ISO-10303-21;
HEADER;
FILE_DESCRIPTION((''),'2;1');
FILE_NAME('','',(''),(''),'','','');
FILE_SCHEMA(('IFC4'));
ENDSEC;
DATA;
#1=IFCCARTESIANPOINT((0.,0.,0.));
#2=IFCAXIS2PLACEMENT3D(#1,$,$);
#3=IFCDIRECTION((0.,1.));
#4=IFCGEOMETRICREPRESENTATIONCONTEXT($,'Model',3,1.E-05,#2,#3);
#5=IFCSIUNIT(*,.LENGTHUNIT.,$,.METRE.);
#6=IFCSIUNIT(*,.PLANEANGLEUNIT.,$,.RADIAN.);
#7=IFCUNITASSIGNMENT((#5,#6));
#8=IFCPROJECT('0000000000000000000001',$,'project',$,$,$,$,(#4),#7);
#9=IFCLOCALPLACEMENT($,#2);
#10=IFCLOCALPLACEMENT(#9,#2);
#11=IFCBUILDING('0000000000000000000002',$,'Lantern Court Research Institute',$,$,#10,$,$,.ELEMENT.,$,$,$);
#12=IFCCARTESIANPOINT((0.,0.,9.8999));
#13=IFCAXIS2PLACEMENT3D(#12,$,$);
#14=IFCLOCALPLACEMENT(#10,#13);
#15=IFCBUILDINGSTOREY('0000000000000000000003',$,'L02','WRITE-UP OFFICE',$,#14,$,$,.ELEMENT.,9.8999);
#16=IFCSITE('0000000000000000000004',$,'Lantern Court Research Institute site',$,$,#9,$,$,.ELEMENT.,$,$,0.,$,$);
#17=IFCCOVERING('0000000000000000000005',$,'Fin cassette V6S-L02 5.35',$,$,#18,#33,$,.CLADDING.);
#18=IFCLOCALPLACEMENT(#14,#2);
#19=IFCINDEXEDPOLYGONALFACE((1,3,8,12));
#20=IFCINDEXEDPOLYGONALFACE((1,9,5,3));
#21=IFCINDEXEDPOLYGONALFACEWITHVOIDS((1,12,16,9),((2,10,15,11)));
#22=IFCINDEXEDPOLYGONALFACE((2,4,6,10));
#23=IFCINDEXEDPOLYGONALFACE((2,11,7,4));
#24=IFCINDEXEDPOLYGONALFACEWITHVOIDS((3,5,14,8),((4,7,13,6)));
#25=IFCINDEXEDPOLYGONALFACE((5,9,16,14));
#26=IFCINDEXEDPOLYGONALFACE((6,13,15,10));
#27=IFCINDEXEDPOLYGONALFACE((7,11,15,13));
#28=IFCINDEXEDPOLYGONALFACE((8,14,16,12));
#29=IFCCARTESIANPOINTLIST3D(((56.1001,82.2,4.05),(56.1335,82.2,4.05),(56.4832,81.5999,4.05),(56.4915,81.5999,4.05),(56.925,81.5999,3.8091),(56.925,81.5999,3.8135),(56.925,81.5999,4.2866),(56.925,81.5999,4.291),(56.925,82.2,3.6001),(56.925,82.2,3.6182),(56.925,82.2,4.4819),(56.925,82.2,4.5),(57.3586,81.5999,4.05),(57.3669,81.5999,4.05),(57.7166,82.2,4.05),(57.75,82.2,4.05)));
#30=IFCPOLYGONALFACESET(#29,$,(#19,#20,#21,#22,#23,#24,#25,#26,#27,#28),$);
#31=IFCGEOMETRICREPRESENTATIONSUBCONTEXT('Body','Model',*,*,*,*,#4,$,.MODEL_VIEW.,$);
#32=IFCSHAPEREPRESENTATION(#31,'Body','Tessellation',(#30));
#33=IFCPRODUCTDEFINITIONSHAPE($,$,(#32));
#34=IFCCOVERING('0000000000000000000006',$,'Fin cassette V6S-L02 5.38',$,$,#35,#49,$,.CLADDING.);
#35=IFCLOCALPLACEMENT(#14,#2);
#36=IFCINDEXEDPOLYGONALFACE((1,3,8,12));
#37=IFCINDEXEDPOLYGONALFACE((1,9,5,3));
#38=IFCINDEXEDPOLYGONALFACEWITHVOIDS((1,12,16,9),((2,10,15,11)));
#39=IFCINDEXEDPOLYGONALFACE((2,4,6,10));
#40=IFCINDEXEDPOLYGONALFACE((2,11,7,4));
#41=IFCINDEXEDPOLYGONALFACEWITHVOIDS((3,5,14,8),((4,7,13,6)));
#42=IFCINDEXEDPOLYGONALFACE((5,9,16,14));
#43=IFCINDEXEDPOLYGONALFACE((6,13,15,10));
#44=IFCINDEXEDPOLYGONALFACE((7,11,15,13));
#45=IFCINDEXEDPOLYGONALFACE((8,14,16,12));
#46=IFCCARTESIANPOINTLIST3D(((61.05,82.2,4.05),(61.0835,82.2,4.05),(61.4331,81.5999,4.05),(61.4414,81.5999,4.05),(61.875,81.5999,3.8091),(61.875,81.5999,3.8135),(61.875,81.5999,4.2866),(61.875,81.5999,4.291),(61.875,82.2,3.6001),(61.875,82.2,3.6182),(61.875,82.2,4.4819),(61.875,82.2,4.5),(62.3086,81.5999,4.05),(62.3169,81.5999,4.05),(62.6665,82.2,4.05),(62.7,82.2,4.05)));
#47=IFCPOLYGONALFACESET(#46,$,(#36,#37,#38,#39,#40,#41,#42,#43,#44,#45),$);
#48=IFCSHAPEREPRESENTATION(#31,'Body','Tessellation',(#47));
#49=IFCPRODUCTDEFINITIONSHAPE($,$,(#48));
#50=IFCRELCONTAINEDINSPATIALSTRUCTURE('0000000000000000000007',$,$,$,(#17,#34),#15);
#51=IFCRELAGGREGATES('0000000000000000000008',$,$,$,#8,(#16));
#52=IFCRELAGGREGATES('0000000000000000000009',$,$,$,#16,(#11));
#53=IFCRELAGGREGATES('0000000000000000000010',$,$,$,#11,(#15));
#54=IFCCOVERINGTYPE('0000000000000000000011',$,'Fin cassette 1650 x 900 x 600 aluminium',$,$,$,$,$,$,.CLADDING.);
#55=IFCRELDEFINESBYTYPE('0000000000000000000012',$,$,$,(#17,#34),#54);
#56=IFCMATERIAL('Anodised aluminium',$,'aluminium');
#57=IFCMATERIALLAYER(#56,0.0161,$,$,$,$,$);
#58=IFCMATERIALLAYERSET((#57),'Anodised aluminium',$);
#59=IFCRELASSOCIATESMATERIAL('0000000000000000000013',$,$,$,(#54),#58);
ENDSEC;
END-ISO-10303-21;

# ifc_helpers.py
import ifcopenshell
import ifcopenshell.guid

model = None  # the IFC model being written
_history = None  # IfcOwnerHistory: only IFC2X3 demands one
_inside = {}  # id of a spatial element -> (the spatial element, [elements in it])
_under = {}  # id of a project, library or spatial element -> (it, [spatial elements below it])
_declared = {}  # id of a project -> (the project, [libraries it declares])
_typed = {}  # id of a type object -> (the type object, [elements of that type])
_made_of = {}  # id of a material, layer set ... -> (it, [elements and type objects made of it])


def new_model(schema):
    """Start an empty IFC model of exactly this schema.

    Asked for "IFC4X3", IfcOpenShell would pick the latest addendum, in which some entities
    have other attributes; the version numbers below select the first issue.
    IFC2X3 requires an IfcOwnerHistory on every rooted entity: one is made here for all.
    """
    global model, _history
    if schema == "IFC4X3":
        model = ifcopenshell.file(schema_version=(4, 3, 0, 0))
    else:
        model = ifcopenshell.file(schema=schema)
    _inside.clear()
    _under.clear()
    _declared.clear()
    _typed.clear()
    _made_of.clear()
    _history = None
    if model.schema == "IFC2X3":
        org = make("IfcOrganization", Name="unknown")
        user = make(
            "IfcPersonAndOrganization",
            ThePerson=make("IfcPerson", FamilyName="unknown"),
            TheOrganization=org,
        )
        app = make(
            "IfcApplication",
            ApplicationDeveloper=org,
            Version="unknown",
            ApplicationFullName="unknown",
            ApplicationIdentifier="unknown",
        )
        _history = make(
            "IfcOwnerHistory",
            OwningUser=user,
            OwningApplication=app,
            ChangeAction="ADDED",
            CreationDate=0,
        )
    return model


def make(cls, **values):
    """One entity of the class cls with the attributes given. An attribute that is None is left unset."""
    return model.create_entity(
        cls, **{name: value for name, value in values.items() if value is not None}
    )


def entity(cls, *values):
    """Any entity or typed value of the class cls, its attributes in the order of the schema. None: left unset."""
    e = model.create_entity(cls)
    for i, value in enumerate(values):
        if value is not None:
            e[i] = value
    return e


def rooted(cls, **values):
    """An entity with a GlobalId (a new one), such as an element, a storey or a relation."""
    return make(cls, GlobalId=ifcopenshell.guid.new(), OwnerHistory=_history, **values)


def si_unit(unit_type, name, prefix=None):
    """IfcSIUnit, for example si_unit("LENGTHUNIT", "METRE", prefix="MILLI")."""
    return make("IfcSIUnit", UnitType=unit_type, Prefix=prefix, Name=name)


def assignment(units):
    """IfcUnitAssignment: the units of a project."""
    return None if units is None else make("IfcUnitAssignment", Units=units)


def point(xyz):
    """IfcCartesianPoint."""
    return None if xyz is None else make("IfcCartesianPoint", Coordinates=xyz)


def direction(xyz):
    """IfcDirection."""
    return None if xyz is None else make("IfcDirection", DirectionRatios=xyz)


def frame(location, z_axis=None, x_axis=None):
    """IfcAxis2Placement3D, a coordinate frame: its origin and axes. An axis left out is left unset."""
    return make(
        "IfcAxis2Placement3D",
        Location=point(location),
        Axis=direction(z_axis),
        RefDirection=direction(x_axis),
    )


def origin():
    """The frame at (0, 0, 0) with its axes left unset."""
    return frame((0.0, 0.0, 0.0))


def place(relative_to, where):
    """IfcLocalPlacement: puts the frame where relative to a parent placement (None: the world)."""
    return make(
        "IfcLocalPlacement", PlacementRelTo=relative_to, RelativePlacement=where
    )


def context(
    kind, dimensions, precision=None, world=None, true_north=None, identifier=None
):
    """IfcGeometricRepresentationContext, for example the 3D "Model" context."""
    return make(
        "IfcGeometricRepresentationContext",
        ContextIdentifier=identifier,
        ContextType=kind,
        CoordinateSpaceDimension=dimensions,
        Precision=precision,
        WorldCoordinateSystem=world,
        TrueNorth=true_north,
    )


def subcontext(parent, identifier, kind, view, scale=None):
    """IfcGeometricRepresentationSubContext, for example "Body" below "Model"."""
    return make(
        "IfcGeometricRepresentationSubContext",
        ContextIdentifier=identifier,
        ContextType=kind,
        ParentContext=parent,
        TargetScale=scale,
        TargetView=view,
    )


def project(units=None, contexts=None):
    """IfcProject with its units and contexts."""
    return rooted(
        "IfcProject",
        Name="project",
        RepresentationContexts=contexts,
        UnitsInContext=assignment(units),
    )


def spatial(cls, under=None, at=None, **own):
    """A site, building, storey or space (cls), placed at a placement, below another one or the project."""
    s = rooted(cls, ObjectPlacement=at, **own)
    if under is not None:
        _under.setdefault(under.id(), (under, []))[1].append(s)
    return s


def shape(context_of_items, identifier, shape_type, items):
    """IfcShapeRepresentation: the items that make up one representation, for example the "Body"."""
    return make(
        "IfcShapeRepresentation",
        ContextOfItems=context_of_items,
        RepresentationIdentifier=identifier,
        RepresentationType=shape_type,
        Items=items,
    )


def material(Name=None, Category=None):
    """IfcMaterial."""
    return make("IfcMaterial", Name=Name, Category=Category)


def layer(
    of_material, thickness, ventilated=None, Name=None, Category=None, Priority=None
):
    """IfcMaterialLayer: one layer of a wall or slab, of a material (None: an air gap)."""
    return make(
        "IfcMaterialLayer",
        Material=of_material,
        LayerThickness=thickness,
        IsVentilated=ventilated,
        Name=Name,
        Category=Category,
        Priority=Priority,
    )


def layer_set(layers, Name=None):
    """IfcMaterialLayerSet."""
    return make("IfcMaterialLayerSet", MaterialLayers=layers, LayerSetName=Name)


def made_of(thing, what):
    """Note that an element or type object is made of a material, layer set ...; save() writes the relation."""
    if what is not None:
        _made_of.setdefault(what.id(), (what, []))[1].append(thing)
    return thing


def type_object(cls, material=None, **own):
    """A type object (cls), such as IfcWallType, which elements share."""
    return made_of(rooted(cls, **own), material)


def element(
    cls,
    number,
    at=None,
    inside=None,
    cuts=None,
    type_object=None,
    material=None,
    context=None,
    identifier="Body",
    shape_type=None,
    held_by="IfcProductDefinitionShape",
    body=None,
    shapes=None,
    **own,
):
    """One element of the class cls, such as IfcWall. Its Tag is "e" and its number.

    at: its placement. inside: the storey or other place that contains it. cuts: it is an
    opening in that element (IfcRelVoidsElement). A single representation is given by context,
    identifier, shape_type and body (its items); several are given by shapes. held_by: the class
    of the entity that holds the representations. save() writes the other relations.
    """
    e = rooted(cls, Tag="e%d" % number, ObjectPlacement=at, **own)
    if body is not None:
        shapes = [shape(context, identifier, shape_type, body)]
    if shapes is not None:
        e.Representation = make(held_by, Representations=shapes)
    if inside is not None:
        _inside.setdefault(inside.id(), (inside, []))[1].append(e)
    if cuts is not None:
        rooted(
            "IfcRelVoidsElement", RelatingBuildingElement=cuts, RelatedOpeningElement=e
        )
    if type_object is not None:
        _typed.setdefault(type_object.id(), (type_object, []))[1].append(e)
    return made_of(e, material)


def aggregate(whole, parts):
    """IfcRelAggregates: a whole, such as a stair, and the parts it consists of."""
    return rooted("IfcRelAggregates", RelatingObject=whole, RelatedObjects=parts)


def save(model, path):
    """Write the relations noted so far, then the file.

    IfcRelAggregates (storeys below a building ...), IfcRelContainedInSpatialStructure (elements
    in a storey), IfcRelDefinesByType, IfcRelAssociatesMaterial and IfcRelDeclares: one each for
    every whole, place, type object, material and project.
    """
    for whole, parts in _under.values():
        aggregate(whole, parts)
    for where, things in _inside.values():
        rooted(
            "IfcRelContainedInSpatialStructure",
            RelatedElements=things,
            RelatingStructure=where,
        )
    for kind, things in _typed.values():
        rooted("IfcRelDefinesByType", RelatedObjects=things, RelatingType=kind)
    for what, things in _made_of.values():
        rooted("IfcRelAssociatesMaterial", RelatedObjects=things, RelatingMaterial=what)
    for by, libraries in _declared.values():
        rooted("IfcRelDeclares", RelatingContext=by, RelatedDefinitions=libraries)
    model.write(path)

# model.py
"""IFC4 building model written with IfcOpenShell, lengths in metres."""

from ifc_helpers import new_model, entity, si_unit, direction, frame, origin, place, context, subcontext, project, spatial, material, layer, layer_set, type_object, element, save


model = new_model("IFC4")

# Units and contexts
model_context = context("Model", 3, precision=1e-05, world=origin(), true_north=direction((0.0, 1.0)))
body_context = subcontext(model_context, "Body", "Model", "MODEL_VIEW")
ifc_project = project(units=[si_unit("LENGTHUNIT", "METRE"), si_unit("PLANEANGLEUNIT", "RADIAN")], contexts=[model_context])

# Site, building, storey
site_placement = place(None, origin())
site = spatial("IfcSite", under=ifc_project, at=site_placement, Name="Lantern Court Research Institute site", CompositionType="ELEMENT", RefElevation=0.0)
building_placement = place(site_placement, origin())
building = spatial("IfcBuilding", under=site, at=building_placement, Name="Lantern Court Research Institute", CompositionType="ELEMENT")
storey_placement = place(building_placement, frame((0.0, 0.0, 9.8999)))
storey = spatial("IfcBuildingStorey", under=building, at=storey_placement, Name="L02", Description="WRITE-UP OFFICE", CompositionType="ELEMENT", Elevation=9.8999)

# Coverings
ifc_material_1 = material(Name="Anodised aluminium", Category="aluminium")
ifc_layer_1 = layer(ifc_material_1, 0.0161)
ifc_layer_set_1 = layer_set([ifc_layer_1], Name="Anodised aluminium")
covering_type_1 = type_object("IfcCoveringType", Name="Fin cassette 1650 x 900 x 600 aluminium", PredefinedType="CLADDING", material=ifc_layer_set_1)
covering_1_placement = place(storey_placement, frame((56.925, 82.2, 4.05), z_axis=(0.0, -1.0, 0.0), x_axis=(1.0, 0.0, 0.0)))
cartesian_point_1 = entity("IfcCartesianPoint", [0.825, 0.0])
cartesian_point_2 = entity("IfcCartesianPoint", [0.7915, 0.0])
cartesian_point_3 = entity("IfcCartesianPoint", [0.4419, 0.0])
cartesian_point_4 = entity("IfcCartesianPoint", [0.4336, 0.0])
element("IfcCovering", 1, at=covering_1_placement, inside=storey, type_object=covering_type_1, Name="Fin cassette V6S-L02 5.35", PredefinedType="CLADDING", context=body_context, shape_type="SweptSolid", body=[
    entity("IfcExtrudedAreaSolidTapered", entity("IfcArbitraryProfileDefWithVoids", "AREA", None, entity("IfcPolyline", [cartesian_point_1, entity("IfcCartesianPoint", [0.0, 0.45]), entity("IfcCartesianPoint", [-0.825, 0.0]), entity("IfcCartesianPoint", [0.0, -0.45]), cartesian_point_1]), [entity("IfcPolyline", [cartesian_point_2, entity("IfcCartesianPoint", [0.0, 0.4319]), entity("IfcCartesianPoint", [-0.7915, 0.0]), entity("IfcCartesianPoint", [0.0, -0.4319]), cartesian_point_2])]), entity("IfcAxis2Placement3D", entity("IfcCartesianPoint", [0.0, 0.0, 0.0])), entity("IfcDirection", [0.0, 0.0, 1.0]), 0.6001, entity("IfcArbitraryProfileDefWithVoids", "AREA", None, entity("IfcPolyline", [cartesian_point_3, entity("IfcCartesianPoint", [0.0, 0.241]), entity("IfcCartesianPoint", [-0.4419, 0.0]), entity("IfcCartesianPoint", [0.0, -0.241]), cartesian_point_3]), [entity("IfcPolyline", [cartesian_point_4, entity("IfcCartesianPoint", [0.0, 0.2366]), entity("IfcCartesianPoint", [-0.4336, 0.0]), entity("IfcCartesianPoint", [0.0, -0.2366]), cartesian_point_4])])),
])
covering_2_placement = place(storey_placement, frame((61.875, 82.2, 4.05), z_axis=(0.0, -1.0, 0.0), x_axis=(1.0, 0.0, 0.0)))
cartesian_point_5 = entity("IfcCartesianPoint", [0.825, 0.0])
cartesian_point_6 = entity("IfcCartesianPoint", [0.7915, 0.0])
cartesian_point_7 = entity("IfcCartesianPoint", [0.4419, 0.0])
cartesian_point_8 = entity("IfcCartesianPoint", [0.4336, 0.0])
element("IfcCovering", 2, at=covering_2_placement, inside=storey, type_object=covering_type_1, Name="Fin cassette V6S-L02 5.38", PredefinedType="CLADDING", context=body_context, shape_type="SweptSolid", body=[
    entity("IfcExtrudedAreaSolidTapered", entity("IfcArbitraryProfileDefWithVoids", "AREA", None, entity("IfcPolyline", [cartesian_point_5, entity("IfcCartesianPoint", [0.0, 0.45]), entity("IfcCartesianPoint", [-0.825, 0.0]), entity("IfcCartesianPoint", [0.0, -0.45]), cartesian_point_5]), [entity("IfcPolyline", [cartesian_point_6, entity("IfcCartesianPoint", [0.0, 0.4319]), entity("IfcCartesianPoint", [-0.7915, 0.0]), entity("IfcCartesianPoint", [0.0, -0.4319]), cartesian_point_6])]), entity("IfcAxis2Placement3D", entity("IfcCartesianPoint", [0.0, 0.0, 0.0])), entity("IfcDirection", [0.0, 0.0, 1.0]), 0.6001, entity("IfcArbitraryProfileDefWithVoids", "AREA", None, entity("IfcPolyline", [cartesian_point_7, entity("IfcCartesianPoint", [0.0, 0.241]), entity("IfcCartesianPoint", [-0.4419, 0.0]), entity("IfcCartesianPoint", [0.0, -0.241]), cartesian_point_7]), [entity("IfcPolyline", [cartesian_point_8, entity("IfcCartesianPoint", [0.0, 0.2366]), entity("IfcCartesianPoint", [-0.4336, 0.0]), entity("IfcCartesianPoint", [0.0, -0.2366]), cartesian_point_8])])),
])

save(model, "model.ifc")
